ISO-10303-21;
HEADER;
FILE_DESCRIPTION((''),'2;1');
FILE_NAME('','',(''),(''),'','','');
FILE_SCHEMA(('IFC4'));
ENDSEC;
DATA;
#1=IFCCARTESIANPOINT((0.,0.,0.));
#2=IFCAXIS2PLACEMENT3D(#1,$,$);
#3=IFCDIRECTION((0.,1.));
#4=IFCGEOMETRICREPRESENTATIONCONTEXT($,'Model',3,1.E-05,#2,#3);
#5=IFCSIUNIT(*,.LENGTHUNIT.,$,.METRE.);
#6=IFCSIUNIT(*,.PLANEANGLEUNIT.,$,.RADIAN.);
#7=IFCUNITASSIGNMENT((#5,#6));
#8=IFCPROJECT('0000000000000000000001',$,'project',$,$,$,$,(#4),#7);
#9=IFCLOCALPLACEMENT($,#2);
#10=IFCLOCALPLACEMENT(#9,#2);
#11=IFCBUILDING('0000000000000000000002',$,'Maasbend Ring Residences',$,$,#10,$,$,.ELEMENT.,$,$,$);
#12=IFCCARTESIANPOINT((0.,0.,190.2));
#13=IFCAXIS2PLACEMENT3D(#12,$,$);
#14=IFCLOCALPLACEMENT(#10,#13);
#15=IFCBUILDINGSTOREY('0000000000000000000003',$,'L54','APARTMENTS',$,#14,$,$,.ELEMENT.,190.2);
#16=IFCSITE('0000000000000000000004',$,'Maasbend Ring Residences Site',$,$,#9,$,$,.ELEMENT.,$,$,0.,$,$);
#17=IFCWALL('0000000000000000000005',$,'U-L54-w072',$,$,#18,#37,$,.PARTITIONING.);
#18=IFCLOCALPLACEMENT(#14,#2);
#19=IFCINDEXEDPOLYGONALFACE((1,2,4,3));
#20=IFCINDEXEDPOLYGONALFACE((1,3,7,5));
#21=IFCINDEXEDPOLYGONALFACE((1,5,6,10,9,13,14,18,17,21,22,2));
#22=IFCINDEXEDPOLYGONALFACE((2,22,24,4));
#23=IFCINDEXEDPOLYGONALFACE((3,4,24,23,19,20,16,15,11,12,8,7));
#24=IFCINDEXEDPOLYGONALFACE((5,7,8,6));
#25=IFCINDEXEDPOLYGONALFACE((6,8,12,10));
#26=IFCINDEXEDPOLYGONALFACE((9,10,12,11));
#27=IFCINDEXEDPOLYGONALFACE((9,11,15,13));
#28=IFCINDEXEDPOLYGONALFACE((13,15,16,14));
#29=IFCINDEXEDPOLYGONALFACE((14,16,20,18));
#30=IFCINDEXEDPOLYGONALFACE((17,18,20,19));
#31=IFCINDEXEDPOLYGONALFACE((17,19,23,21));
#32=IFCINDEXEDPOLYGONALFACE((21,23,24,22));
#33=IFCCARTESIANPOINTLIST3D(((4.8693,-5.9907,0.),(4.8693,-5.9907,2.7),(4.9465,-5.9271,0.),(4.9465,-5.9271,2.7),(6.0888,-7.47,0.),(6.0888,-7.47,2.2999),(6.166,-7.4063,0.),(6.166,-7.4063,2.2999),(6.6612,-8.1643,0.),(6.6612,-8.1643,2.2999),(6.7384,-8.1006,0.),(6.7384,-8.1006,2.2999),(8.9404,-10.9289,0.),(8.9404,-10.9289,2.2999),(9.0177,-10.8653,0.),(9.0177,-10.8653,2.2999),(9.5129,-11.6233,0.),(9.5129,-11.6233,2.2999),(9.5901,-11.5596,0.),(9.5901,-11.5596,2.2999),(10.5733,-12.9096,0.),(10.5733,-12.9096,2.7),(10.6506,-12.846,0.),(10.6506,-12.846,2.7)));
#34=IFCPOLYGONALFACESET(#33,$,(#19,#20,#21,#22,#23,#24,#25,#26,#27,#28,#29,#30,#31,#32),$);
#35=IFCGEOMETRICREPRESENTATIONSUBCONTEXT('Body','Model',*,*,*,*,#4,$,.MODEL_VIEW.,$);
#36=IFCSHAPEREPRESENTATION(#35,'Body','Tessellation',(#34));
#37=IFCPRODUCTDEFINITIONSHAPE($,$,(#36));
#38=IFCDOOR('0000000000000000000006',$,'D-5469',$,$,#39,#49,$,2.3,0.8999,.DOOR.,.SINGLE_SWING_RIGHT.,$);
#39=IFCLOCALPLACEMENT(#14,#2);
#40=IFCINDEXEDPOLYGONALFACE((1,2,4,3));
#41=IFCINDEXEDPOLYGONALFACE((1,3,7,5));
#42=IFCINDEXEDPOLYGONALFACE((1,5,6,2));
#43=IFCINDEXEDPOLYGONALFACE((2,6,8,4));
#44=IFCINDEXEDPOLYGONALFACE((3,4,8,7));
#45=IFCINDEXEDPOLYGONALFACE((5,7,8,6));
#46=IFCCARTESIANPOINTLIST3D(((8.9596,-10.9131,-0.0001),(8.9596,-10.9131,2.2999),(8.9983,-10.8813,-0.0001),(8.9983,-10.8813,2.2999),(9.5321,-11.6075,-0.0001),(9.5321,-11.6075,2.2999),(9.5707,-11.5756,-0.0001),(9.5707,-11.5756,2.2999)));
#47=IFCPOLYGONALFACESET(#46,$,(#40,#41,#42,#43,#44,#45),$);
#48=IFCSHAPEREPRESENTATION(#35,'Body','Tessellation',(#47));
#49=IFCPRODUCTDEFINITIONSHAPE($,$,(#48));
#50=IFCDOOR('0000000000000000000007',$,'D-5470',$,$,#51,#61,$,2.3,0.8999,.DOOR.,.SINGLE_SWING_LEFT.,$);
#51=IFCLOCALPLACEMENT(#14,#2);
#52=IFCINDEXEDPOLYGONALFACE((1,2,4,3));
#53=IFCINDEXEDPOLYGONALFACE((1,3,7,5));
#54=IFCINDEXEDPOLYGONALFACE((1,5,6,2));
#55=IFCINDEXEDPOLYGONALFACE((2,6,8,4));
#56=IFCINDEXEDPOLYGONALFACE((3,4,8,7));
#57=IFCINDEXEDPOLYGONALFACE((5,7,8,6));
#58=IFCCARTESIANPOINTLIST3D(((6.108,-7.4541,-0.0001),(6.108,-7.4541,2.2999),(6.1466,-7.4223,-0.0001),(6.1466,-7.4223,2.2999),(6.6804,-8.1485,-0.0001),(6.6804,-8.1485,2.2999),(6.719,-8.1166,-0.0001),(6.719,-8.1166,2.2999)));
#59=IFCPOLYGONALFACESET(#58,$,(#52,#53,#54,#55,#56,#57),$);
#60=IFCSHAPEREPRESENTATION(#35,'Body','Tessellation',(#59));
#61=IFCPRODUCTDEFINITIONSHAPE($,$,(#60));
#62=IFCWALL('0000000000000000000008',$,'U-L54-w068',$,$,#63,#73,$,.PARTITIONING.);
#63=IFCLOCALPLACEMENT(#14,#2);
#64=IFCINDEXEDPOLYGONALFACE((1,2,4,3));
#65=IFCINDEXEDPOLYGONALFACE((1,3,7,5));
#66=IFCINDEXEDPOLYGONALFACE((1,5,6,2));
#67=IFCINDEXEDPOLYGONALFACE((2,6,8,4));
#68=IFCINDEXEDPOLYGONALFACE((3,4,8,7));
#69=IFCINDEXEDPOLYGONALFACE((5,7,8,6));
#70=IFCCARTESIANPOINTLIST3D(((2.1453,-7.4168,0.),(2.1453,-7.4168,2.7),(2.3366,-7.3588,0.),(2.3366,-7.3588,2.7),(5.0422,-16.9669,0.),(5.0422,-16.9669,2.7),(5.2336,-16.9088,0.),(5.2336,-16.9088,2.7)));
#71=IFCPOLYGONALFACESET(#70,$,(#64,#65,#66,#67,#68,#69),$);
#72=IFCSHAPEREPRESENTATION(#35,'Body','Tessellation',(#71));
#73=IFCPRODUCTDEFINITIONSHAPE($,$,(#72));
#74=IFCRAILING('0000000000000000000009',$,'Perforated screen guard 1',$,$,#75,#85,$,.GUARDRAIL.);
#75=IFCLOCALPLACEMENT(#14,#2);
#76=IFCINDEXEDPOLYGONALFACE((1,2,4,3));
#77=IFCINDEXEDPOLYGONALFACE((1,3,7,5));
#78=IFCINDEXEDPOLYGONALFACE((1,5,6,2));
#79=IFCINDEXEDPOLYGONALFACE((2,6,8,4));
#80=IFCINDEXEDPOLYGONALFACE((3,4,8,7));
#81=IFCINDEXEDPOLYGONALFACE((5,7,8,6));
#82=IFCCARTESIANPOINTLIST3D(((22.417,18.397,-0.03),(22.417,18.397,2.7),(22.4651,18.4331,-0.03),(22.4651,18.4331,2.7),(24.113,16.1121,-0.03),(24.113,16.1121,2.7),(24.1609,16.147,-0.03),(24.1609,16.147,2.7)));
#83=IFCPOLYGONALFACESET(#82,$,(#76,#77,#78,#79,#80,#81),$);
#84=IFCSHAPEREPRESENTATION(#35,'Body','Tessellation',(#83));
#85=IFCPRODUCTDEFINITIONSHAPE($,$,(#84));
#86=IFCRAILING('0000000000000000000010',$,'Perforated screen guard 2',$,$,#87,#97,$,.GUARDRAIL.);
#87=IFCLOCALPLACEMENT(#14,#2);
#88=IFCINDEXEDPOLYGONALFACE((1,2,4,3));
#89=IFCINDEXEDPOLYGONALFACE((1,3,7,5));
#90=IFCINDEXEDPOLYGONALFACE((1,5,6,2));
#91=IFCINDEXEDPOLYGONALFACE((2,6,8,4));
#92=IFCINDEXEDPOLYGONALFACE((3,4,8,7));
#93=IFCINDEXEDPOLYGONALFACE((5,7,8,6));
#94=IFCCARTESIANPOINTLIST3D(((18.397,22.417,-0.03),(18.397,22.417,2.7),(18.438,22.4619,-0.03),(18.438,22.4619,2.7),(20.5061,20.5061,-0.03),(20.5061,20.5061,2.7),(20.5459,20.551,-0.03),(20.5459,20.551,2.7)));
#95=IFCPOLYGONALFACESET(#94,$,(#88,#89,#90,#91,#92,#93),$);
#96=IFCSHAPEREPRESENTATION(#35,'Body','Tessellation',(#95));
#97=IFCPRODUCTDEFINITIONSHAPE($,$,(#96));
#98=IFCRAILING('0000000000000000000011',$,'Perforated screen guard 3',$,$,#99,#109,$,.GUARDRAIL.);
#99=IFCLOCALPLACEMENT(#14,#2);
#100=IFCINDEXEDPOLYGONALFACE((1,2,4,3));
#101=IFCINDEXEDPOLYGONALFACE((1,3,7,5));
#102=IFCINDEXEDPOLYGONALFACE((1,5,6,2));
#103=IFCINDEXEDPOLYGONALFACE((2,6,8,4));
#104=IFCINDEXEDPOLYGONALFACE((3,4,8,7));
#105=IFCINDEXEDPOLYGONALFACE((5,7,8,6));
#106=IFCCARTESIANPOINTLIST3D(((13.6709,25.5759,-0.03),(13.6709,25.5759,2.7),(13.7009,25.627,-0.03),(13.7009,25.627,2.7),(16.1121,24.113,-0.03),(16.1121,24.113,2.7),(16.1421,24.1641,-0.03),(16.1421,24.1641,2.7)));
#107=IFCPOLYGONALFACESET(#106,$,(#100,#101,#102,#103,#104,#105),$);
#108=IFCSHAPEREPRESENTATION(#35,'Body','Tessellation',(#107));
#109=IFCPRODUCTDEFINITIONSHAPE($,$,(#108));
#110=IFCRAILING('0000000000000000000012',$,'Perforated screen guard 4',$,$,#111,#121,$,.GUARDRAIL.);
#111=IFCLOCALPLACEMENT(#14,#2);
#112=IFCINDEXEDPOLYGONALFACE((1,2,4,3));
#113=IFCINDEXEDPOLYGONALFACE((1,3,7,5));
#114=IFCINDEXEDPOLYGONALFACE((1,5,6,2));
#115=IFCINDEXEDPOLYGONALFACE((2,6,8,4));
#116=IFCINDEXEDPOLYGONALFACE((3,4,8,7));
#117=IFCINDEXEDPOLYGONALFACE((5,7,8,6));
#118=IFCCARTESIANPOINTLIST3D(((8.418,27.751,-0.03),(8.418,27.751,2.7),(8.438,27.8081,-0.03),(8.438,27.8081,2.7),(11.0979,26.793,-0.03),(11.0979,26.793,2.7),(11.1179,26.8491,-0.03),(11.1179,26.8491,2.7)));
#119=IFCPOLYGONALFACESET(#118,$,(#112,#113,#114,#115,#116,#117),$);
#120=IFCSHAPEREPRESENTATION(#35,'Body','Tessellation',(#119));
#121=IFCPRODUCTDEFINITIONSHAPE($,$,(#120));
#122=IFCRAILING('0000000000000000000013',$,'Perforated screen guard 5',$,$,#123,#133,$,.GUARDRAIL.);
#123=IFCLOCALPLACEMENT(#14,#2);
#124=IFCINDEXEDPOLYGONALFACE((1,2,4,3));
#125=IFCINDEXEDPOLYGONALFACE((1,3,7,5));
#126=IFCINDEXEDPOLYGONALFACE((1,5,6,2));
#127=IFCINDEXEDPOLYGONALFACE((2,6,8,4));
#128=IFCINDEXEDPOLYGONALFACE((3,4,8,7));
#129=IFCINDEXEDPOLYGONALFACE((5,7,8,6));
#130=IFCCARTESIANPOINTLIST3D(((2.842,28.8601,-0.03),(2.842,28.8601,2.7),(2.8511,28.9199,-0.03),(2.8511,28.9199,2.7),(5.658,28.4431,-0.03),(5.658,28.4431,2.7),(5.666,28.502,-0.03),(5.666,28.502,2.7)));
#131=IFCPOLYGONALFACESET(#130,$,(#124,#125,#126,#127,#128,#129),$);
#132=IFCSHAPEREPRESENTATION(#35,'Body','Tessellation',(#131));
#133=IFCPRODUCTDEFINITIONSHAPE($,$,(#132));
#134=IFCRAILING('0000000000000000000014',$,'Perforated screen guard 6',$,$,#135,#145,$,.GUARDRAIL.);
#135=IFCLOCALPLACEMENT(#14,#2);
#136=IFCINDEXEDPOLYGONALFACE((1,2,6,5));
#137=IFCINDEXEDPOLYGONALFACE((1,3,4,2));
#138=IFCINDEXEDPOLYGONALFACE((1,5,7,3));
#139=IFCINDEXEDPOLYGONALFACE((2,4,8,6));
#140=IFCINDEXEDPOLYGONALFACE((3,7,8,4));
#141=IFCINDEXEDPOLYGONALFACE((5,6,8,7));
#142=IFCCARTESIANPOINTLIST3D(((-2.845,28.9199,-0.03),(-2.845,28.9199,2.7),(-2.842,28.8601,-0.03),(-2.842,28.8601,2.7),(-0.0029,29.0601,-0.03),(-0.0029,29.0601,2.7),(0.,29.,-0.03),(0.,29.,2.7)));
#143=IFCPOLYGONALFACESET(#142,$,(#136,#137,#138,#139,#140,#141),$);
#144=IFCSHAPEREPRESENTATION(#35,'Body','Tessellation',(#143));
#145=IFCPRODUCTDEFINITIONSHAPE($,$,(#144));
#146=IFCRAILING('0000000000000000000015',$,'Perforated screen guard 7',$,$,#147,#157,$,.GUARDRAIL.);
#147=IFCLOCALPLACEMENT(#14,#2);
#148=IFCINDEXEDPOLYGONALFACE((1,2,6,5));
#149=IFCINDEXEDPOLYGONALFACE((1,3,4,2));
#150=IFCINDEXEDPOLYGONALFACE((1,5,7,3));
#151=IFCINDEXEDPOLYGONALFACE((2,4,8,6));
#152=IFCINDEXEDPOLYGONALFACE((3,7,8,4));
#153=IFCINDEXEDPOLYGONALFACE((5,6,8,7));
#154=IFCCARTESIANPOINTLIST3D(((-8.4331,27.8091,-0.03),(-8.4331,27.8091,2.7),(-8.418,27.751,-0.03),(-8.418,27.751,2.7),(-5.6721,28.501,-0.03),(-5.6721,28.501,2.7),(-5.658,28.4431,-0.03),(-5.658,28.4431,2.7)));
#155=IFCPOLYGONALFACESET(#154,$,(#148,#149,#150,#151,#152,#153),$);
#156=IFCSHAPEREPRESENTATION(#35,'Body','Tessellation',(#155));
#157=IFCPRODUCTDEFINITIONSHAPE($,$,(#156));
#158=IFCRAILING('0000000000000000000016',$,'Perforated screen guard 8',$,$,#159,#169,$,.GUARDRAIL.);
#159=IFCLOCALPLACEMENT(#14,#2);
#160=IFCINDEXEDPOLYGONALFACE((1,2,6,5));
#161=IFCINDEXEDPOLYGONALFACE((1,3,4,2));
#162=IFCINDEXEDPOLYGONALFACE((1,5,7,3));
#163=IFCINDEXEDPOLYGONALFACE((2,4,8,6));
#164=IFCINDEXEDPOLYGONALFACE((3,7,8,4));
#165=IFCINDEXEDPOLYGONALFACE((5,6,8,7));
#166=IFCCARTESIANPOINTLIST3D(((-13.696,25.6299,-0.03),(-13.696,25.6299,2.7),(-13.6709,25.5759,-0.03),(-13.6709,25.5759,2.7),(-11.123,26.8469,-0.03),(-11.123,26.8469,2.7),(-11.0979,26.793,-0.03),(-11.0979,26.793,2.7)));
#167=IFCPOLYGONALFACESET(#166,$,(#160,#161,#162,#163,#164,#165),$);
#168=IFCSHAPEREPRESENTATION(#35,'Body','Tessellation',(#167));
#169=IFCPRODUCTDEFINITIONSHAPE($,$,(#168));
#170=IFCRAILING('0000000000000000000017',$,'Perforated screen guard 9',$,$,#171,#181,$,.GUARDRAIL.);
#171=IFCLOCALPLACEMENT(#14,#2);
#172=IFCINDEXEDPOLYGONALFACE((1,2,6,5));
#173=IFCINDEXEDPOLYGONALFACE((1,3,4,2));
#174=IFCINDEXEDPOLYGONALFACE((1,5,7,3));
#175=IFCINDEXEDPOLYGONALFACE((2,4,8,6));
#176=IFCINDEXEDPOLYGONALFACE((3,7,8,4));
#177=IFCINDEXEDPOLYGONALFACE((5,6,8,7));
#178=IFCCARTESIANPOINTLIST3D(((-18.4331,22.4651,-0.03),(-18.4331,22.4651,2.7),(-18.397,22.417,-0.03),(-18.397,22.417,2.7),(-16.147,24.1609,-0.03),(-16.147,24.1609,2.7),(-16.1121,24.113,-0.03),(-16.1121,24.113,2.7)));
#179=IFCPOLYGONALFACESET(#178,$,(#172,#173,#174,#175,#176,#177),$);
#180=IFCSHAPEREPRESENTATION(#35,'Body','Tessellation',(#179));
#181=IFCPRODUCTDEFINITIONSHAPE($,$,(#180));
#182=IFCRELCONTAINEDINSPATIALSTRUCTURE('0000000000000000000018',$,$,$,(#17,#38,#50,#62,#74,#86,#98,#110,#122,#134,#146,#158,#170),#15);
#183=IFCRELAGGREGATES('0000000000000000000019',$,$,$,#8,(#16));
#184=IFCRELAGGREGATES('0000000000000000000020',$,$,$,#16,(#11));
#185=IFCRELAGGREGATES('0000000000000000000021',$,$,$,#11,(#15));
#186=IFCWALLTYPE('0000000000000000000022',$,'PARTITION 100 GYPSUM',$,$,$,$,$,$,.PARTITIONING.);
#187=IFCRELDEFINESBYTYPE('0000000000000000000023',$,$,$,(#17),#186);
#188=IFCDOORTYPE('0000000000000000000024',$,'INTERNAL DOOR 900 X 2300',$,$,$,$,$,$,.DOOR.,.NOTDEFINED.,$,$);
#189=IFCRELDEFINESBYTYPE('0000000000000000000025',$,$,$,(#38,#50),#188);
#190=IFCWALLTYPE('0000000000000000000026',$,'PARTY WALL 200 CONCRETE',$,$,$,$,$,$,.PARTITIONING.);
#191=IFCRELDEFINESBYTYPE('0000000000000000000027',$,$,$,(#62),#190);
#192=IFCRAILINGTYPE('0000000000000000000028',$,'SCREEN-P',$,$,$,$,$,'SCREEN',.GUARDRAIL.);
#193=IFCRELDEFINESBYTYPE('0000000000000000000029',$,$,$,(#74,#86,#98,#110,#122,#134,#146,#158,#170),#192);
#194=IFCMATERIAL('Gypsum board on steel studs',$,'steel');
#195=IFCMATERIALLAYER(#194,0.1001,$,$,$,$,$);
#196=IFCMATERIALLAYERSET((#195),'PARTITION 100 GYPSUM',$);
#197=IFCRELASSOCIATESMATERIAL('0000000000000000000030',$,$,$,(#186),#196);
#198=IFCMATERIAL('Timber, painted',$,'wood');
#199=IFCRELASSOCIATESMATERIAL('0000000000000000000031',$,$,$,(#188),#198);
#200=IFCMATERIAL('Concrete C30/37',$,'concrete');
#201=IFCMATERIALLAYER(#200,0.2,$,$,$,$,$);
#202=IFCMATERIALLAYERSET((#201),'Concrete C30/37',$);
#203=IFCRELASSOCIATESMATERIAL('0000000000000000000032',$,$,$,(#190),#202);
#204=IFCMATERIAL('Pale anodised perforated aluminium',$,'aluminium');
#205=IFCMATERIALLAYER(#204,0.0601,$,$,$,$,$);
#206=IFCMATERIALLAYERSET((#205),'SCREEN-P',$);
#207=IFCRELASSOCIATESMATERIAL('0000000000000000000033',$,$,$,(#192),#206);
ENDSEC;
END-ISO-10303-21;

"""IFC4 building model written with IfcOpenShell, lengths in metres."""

from ifc_helpers import new_model, si_unit, direction, frame, frame_2d, origin, place, context, subcontext, project, spatial, polyline, rectangle, outline, extrude, material, layer, layer_set, type_object, element, fill, save


model = new_model("IFC4")

# Units and contexts
model_context = context("Model", 3, precision=1e-05, world=origin(), true_north=direction((0.0, 1.0)))
body_context = subcontext(model_context, "Body", "Model", "MODEL_VIEW")
ifc_project = project(units=[si_unit("LENGTHUNIT", "METRE"), si_unit("PLANEANGLEUNIT", "RADIAN")], contexts=[model_context])

# Site, building, storey
site_placement = place(None, origin())
site = spatial("IfcSite", under=ifc_project, at=site_placement, Name="Maasbend Ring Residences Site", CompositionType="ELEMENT", RefElevation=0.0)
building_placement = place(site_placement, origin())
building = spatial("IfcBuilding", under=site, at=building_placement, Name="Maasbend Ring Residences", CompositionType="ELEMENT")
storey_placement = place(building_placement, frame((0.0, 0.0, 190.2)))
storey = spatial("IfcBuildingStorey", under=building, at=storey_placement, Name="L54", Description="APARTMENTS", CompositionType="ELEMENT", Elevation=190.2)

# Wall, openings, doors
ifc_material_1 = material(Name="Gypsum board on steel studs", Category="steel")
ifc_layer_1 = layer(ifc_material_1, 0.1001)
ifc_layer_set_1 = layer_set([ifc_layer_1], Name="PARTITION 100 GYPSUM")
wall_type_1 = type_object("IfcWallType", Name="PARTITION 100 GYPSUM", PredefinedType="PARTITIONING", material=ifc_layer_set_1)
wall_1_placement = place(storey_placement, frame((4.908, -5.959, 0.0), z_axis=(0.0, 0.0, 1.0), x_axis=(0.636116, -0.771594, 0.0)))
wall_1 = element("IfcWall", 1, at=wall_1_placement, inside=storey, type_object=wall_type_1, Name="U-L54-w072", PredefinedType="PARTITIONING", context=body_context, shape_type="SweptSolid", body=[
    extrude(rectangle(XDim=8.967, YDim=0.1001, at=frame_2d((4.4834, 0.0))), origin(), (0.0, 0.0, 1.0), 2.7),
])
opening_1_placement = place(wall_1_placement, frame((6.3999, 0.0, 0.0)))
opening_1 = element("IfcOpeningElement", 2, at=opening_1_placement, cuts=wall_1, PredefinedType="OPENING", context=body_context, shape_type="SweptSolid", body=[
    extrude(rectangle(XDim=0.8999, YDim=2.3, at=frame_2d((0.45, 1.1499))), frame((0.0, 0.0601, 0.0), z_axis=(0.0, -1.0, 0.0), x_axis=(1.0, 0.0, 0.0)), (0.0, 0.0, 1.0), 0.1201),
])
opening_2_placement = place(wall_1_placement, frame((1.917, 0.0, 0.0)))
opening_2 = element("IfcOpeningElement", 3, at=opening_2_placement, cuts=wall_1, PredefinedType="OPENING", context=body_context, shape_type="SweptSolid", body=[
    extrude(rectangle(XDim=0.8999, YDim=2.3, at=frame_2d((0.45, 1.1499))), frame((0.0, 0.0601, 0.0), z_axis=(0.0, -1.0, 0.0), x_axis=(1.0, 0.0, 0.0)), (0.0, 0.0, 1.0), 0.1201),
])
ifc_material_2 = material(Name="Timber, painted", Category="wood")
door_type = type_object("IfcDoorType", Name="INTERNAL DOOR 900 X 2300", OperationType="NOTDEFINED", PredefinedType="DOOR", material=ifc_material_2)
door_1_placement = place(opening_1_placement, origin())
door_1 = element("IfcDoor", 4, at=door_1_placement, inside=storey, type_object=door_type, Name="D-5469", OperationType="SINGLE_SWING_RIGHT", OverallHeight=2.3, OverallWidth=0.8999, PredefinedType="DOOR", context=body_context, shape_type="SweptSolid", body=[
    extrude(rectangle(XDim=0.8999, YDim=2.3, at=frame_2d((0.45, 1.1499))), frame((0.0, 0.0249, 0.0), z_axis=(0.0, -1.0, 0.0), x_axis=(1.0, 0.0, 0.0)), (0.0, 0.0, 1.0), 0.05),
])
fill(opening_1, door_1)
door_2_placement = place(opening_2_placement, origin())
door_2 = element("IfcDoor", 5, at=door_2_placement, inside=storey, type_object=door_type, Name="D-5470", OperationType="SINGLE_SWING_LEFT", OverallHeight=2.3, OverallWidth=0.8999, PredefinedType="DOOR", context=body_context, shape_type="SweptSolid", body=[
    extrude(rectangle(XDim=0.8999, YDim=2.3, at=frame_2d((0.45, 1.1499))), frame((0.0, 0.0249, 0.0), z_axis=(0.0, -1.0, 0.0), x_axis=(1.0, 0.0, 0.0)), (0.0, 0.0, 1.0), 0.05),
])
fill(opening_2, door_2)

# Wall
ifc_material_3 = material(Name="Concrete C30/37", Category="concrete")
ifc_layer_2 = layer(ifc_material_3, 0.2)
ifc_layer_set_2 = layer_set([ifc_layer_2], Name="Concrete C30/37")
wall_type_2 = type_object("IfcWallType", Name="PARTY WALL 200 CONCRETE", PredefinedType="PARTITIONING", material=ifc_layer_set_2)
wall_2_placement = place(storey_placement, frame((2.241, -7.3879, 0.0), z_axis=(0.0, 0.0, 1.0), x_axis=(0.290284, -0.95694, 0.0)))
element("IfcWall", 6, at=wall_2_placement, inside=storey, type_object=wall_type_2, Name="U-L54-w068", PredefinedType="PARTITIONING", context=body_context, shape_type="SweptSolid", body=[
    extrude(rectangle(XDim=9.9797, YDim=0.2, at=frame_2d((4.9897, 0.0))), origin(), (0.0, 0.0, 1.0), 2.7),
])

# Railings
ifc_material_4 = material(Name="Pale anodised perforated aluminium", Category="aluminium")
ifc_layer_3 = layer(ifc_material_4, 0.0601)
ifc_layer_set_3 = layer_set([ifc_layer_3], Name="SCREEN-P")
railing_type = type_object("IfcRailingType", Name="SCREEN-P", ElementType="SCREEN", PredefinedType="GUARDRAIL", material=ifc_layer_set_3)
railing_1_placement = place(storey_placement, frame((0.0, 0.0, -0.03)))
element("IfcRailing", 7, at=railing_1_placement, inside=storey, type_object=railing_type, Name="Perforated screen guard 1", PredefinedType="GUARDRAIL", context=body_context, shape_type="SweptSolid", body=[
    extrude(outline(polyline([(24.113, 16.1121), (22.417, 18.397), (22.4651, 18.4331), (24.1609, 16.147), (24.113, 16.1121)])), origin(), (0.0, 0.0, 1.0), 2.73),
])
railing_2_placement = place(storey_placement, frame((0.0, 0.0, -0.03)))
element("IfcRailing", 8, at=railing_2_placement, inside=storey, type_object=railing_type, Name="Perforated screen guard 2", PredefinedType="GUARDRAIL", context=body_context, shape_type="SweptSolid", body=[
    extrude(outline(polyline([(20.5061, 20.5061), (18.397, 22.417), (18.438, 22.4619), (20.5459, 20.551), (20.5061, 20.5061)])), origin(), (0.0, 0.0, 1.0), 2.73),
])
railing_3_placement = place(storey_placement, frame((0.0, 0.0, -0.03)))
element("IfcRailing", 9, at=railing_3_placement, inside=storey, type_object=railing_type, Name="Perforated screen guard 3", PredefinedType="GUARDRAIL", context=body_context, shape_type="SweptSolid", body=[
    extrude(outline(polyline([(16.1121, 24.113), (13.6709, 25.5759), (13.7009, 25.627), (16.1421, 24.1641), (16.1121, 24.113)])), origin(), (0.0, 0.0, 1.0), 2.73),
])
railing_4_placement = place(storey_placement, frame((0.0, 0.0, -0.03)))
element("IfcRailing", 10, at=railing_4_placement, inside=storey, type_object=railing_type, Name="Perforated screen guard 4", PredefinedType="GUARDRAIL", context=body_context, shape_type="SweptSolid", body=[
    extrude(outline(polyline([(11.0979, 26.793), (8.418, 27.751), (8.438, 27.8081), (11.1179, 26.8491), (11.0979, 26.793)])), origin(), (0.0, 0.0, 1.0), 2.73),
])
railing_5_placement = place(storey_placement, frame((0.0, 0.0, -0.03)))
element("IfcRailing", 11, at=railing_5_placement, inside=storey, type_object=railing_type, Name="Perforated screen guard 5", PredefinedType="GUARDRAIL", context=body_context, shape_type="SweptSolid", body=[
    extrude(outline(polyline([(5.658, 28.4431), (2.842, 28.8601), (2.8511, 28.9199), (5.666, 28.502), (5.658, 28.4431)])), origin(), (0.0, 0.0, 1.0), 2.73),
])
railing_6_placement = place(storey_placement, frame((0.0, 0.0, -0.03)))
element("IfcRailing", 12, at=railing_6_placement, inside=storey, type_object=railing_type, Name="Perforated screen guard 6", PredefinedType="GUARDRAIL", context=body_context, shape_type="SweptSolid", body=[
    extrude(outline(polyline([(0.0, 29.0), (-2.842, 28.8601), (-2.845, 28.9199), (-0.0029, 29.0601), (0.0, 29.0)])), origin(), (0.0, 0.0, 1.0), 2.73),
])
railing_7_placement = place(storey_placement, frame((0.0, 0.0, -0.03)))
element("IfcRailing", 13, at=railing_7_placement, inside=storey, type_object=railing_type, Name="Perforated screen guard 7", PredefinedType="GUARDRAIL", context=body_context, shape_type="SweptSolid", body=[
    extrude(outline(polyline([(-5.658, 28.4431), (-8.418, 27.751), (-8.4331, 27.8091), (-5.6721, 28.501), (-5.658, 28.4431)])), origin(), (0.0, 0.0, 1.0), 2.73),
])
railing_8_placement = place(storey_placement, frame((0.0, 0.0, -0.03)))
element("IfcRailing", 14, at=railing_8_placement, inside=storey, type_object=railing_type, Name="Perforated screen guard 8", PredefinedType="GUARDRAIL", context=body_context, shape_type="SweptSolid", body=[
    extrude(outline(polyline([(-11.0979, 26.793), (-13.6709, 25.5759), (-13.696, 25.6299), (-11.123, 26.8469), (-11.0979, 26.793)])), origin(), (0.0, 0.0, 1.0), 2.73),
])
railing_9_placement = place(storey_placement, frame((0.0, 0.0, -0.03)))
element("IfcRailing", 15, at=railing_9_placement, inside=storey, type_object=railing_type, Name="Perforated screen guard 9", PredefinedType="GUARDRAIL", context=body_context, shape_type="SweptSolid", body=[
    extrude(outline(polyline([(-16.1121, 24.113), (-18.397, 22.417), (-18.4331, 22.4651), (-16.147, 24.1609), (-16.1121, 24.113)])), origin(), (0.0, 0.0, 1.0), 2.73),
])

save(model, "model.ifc")
